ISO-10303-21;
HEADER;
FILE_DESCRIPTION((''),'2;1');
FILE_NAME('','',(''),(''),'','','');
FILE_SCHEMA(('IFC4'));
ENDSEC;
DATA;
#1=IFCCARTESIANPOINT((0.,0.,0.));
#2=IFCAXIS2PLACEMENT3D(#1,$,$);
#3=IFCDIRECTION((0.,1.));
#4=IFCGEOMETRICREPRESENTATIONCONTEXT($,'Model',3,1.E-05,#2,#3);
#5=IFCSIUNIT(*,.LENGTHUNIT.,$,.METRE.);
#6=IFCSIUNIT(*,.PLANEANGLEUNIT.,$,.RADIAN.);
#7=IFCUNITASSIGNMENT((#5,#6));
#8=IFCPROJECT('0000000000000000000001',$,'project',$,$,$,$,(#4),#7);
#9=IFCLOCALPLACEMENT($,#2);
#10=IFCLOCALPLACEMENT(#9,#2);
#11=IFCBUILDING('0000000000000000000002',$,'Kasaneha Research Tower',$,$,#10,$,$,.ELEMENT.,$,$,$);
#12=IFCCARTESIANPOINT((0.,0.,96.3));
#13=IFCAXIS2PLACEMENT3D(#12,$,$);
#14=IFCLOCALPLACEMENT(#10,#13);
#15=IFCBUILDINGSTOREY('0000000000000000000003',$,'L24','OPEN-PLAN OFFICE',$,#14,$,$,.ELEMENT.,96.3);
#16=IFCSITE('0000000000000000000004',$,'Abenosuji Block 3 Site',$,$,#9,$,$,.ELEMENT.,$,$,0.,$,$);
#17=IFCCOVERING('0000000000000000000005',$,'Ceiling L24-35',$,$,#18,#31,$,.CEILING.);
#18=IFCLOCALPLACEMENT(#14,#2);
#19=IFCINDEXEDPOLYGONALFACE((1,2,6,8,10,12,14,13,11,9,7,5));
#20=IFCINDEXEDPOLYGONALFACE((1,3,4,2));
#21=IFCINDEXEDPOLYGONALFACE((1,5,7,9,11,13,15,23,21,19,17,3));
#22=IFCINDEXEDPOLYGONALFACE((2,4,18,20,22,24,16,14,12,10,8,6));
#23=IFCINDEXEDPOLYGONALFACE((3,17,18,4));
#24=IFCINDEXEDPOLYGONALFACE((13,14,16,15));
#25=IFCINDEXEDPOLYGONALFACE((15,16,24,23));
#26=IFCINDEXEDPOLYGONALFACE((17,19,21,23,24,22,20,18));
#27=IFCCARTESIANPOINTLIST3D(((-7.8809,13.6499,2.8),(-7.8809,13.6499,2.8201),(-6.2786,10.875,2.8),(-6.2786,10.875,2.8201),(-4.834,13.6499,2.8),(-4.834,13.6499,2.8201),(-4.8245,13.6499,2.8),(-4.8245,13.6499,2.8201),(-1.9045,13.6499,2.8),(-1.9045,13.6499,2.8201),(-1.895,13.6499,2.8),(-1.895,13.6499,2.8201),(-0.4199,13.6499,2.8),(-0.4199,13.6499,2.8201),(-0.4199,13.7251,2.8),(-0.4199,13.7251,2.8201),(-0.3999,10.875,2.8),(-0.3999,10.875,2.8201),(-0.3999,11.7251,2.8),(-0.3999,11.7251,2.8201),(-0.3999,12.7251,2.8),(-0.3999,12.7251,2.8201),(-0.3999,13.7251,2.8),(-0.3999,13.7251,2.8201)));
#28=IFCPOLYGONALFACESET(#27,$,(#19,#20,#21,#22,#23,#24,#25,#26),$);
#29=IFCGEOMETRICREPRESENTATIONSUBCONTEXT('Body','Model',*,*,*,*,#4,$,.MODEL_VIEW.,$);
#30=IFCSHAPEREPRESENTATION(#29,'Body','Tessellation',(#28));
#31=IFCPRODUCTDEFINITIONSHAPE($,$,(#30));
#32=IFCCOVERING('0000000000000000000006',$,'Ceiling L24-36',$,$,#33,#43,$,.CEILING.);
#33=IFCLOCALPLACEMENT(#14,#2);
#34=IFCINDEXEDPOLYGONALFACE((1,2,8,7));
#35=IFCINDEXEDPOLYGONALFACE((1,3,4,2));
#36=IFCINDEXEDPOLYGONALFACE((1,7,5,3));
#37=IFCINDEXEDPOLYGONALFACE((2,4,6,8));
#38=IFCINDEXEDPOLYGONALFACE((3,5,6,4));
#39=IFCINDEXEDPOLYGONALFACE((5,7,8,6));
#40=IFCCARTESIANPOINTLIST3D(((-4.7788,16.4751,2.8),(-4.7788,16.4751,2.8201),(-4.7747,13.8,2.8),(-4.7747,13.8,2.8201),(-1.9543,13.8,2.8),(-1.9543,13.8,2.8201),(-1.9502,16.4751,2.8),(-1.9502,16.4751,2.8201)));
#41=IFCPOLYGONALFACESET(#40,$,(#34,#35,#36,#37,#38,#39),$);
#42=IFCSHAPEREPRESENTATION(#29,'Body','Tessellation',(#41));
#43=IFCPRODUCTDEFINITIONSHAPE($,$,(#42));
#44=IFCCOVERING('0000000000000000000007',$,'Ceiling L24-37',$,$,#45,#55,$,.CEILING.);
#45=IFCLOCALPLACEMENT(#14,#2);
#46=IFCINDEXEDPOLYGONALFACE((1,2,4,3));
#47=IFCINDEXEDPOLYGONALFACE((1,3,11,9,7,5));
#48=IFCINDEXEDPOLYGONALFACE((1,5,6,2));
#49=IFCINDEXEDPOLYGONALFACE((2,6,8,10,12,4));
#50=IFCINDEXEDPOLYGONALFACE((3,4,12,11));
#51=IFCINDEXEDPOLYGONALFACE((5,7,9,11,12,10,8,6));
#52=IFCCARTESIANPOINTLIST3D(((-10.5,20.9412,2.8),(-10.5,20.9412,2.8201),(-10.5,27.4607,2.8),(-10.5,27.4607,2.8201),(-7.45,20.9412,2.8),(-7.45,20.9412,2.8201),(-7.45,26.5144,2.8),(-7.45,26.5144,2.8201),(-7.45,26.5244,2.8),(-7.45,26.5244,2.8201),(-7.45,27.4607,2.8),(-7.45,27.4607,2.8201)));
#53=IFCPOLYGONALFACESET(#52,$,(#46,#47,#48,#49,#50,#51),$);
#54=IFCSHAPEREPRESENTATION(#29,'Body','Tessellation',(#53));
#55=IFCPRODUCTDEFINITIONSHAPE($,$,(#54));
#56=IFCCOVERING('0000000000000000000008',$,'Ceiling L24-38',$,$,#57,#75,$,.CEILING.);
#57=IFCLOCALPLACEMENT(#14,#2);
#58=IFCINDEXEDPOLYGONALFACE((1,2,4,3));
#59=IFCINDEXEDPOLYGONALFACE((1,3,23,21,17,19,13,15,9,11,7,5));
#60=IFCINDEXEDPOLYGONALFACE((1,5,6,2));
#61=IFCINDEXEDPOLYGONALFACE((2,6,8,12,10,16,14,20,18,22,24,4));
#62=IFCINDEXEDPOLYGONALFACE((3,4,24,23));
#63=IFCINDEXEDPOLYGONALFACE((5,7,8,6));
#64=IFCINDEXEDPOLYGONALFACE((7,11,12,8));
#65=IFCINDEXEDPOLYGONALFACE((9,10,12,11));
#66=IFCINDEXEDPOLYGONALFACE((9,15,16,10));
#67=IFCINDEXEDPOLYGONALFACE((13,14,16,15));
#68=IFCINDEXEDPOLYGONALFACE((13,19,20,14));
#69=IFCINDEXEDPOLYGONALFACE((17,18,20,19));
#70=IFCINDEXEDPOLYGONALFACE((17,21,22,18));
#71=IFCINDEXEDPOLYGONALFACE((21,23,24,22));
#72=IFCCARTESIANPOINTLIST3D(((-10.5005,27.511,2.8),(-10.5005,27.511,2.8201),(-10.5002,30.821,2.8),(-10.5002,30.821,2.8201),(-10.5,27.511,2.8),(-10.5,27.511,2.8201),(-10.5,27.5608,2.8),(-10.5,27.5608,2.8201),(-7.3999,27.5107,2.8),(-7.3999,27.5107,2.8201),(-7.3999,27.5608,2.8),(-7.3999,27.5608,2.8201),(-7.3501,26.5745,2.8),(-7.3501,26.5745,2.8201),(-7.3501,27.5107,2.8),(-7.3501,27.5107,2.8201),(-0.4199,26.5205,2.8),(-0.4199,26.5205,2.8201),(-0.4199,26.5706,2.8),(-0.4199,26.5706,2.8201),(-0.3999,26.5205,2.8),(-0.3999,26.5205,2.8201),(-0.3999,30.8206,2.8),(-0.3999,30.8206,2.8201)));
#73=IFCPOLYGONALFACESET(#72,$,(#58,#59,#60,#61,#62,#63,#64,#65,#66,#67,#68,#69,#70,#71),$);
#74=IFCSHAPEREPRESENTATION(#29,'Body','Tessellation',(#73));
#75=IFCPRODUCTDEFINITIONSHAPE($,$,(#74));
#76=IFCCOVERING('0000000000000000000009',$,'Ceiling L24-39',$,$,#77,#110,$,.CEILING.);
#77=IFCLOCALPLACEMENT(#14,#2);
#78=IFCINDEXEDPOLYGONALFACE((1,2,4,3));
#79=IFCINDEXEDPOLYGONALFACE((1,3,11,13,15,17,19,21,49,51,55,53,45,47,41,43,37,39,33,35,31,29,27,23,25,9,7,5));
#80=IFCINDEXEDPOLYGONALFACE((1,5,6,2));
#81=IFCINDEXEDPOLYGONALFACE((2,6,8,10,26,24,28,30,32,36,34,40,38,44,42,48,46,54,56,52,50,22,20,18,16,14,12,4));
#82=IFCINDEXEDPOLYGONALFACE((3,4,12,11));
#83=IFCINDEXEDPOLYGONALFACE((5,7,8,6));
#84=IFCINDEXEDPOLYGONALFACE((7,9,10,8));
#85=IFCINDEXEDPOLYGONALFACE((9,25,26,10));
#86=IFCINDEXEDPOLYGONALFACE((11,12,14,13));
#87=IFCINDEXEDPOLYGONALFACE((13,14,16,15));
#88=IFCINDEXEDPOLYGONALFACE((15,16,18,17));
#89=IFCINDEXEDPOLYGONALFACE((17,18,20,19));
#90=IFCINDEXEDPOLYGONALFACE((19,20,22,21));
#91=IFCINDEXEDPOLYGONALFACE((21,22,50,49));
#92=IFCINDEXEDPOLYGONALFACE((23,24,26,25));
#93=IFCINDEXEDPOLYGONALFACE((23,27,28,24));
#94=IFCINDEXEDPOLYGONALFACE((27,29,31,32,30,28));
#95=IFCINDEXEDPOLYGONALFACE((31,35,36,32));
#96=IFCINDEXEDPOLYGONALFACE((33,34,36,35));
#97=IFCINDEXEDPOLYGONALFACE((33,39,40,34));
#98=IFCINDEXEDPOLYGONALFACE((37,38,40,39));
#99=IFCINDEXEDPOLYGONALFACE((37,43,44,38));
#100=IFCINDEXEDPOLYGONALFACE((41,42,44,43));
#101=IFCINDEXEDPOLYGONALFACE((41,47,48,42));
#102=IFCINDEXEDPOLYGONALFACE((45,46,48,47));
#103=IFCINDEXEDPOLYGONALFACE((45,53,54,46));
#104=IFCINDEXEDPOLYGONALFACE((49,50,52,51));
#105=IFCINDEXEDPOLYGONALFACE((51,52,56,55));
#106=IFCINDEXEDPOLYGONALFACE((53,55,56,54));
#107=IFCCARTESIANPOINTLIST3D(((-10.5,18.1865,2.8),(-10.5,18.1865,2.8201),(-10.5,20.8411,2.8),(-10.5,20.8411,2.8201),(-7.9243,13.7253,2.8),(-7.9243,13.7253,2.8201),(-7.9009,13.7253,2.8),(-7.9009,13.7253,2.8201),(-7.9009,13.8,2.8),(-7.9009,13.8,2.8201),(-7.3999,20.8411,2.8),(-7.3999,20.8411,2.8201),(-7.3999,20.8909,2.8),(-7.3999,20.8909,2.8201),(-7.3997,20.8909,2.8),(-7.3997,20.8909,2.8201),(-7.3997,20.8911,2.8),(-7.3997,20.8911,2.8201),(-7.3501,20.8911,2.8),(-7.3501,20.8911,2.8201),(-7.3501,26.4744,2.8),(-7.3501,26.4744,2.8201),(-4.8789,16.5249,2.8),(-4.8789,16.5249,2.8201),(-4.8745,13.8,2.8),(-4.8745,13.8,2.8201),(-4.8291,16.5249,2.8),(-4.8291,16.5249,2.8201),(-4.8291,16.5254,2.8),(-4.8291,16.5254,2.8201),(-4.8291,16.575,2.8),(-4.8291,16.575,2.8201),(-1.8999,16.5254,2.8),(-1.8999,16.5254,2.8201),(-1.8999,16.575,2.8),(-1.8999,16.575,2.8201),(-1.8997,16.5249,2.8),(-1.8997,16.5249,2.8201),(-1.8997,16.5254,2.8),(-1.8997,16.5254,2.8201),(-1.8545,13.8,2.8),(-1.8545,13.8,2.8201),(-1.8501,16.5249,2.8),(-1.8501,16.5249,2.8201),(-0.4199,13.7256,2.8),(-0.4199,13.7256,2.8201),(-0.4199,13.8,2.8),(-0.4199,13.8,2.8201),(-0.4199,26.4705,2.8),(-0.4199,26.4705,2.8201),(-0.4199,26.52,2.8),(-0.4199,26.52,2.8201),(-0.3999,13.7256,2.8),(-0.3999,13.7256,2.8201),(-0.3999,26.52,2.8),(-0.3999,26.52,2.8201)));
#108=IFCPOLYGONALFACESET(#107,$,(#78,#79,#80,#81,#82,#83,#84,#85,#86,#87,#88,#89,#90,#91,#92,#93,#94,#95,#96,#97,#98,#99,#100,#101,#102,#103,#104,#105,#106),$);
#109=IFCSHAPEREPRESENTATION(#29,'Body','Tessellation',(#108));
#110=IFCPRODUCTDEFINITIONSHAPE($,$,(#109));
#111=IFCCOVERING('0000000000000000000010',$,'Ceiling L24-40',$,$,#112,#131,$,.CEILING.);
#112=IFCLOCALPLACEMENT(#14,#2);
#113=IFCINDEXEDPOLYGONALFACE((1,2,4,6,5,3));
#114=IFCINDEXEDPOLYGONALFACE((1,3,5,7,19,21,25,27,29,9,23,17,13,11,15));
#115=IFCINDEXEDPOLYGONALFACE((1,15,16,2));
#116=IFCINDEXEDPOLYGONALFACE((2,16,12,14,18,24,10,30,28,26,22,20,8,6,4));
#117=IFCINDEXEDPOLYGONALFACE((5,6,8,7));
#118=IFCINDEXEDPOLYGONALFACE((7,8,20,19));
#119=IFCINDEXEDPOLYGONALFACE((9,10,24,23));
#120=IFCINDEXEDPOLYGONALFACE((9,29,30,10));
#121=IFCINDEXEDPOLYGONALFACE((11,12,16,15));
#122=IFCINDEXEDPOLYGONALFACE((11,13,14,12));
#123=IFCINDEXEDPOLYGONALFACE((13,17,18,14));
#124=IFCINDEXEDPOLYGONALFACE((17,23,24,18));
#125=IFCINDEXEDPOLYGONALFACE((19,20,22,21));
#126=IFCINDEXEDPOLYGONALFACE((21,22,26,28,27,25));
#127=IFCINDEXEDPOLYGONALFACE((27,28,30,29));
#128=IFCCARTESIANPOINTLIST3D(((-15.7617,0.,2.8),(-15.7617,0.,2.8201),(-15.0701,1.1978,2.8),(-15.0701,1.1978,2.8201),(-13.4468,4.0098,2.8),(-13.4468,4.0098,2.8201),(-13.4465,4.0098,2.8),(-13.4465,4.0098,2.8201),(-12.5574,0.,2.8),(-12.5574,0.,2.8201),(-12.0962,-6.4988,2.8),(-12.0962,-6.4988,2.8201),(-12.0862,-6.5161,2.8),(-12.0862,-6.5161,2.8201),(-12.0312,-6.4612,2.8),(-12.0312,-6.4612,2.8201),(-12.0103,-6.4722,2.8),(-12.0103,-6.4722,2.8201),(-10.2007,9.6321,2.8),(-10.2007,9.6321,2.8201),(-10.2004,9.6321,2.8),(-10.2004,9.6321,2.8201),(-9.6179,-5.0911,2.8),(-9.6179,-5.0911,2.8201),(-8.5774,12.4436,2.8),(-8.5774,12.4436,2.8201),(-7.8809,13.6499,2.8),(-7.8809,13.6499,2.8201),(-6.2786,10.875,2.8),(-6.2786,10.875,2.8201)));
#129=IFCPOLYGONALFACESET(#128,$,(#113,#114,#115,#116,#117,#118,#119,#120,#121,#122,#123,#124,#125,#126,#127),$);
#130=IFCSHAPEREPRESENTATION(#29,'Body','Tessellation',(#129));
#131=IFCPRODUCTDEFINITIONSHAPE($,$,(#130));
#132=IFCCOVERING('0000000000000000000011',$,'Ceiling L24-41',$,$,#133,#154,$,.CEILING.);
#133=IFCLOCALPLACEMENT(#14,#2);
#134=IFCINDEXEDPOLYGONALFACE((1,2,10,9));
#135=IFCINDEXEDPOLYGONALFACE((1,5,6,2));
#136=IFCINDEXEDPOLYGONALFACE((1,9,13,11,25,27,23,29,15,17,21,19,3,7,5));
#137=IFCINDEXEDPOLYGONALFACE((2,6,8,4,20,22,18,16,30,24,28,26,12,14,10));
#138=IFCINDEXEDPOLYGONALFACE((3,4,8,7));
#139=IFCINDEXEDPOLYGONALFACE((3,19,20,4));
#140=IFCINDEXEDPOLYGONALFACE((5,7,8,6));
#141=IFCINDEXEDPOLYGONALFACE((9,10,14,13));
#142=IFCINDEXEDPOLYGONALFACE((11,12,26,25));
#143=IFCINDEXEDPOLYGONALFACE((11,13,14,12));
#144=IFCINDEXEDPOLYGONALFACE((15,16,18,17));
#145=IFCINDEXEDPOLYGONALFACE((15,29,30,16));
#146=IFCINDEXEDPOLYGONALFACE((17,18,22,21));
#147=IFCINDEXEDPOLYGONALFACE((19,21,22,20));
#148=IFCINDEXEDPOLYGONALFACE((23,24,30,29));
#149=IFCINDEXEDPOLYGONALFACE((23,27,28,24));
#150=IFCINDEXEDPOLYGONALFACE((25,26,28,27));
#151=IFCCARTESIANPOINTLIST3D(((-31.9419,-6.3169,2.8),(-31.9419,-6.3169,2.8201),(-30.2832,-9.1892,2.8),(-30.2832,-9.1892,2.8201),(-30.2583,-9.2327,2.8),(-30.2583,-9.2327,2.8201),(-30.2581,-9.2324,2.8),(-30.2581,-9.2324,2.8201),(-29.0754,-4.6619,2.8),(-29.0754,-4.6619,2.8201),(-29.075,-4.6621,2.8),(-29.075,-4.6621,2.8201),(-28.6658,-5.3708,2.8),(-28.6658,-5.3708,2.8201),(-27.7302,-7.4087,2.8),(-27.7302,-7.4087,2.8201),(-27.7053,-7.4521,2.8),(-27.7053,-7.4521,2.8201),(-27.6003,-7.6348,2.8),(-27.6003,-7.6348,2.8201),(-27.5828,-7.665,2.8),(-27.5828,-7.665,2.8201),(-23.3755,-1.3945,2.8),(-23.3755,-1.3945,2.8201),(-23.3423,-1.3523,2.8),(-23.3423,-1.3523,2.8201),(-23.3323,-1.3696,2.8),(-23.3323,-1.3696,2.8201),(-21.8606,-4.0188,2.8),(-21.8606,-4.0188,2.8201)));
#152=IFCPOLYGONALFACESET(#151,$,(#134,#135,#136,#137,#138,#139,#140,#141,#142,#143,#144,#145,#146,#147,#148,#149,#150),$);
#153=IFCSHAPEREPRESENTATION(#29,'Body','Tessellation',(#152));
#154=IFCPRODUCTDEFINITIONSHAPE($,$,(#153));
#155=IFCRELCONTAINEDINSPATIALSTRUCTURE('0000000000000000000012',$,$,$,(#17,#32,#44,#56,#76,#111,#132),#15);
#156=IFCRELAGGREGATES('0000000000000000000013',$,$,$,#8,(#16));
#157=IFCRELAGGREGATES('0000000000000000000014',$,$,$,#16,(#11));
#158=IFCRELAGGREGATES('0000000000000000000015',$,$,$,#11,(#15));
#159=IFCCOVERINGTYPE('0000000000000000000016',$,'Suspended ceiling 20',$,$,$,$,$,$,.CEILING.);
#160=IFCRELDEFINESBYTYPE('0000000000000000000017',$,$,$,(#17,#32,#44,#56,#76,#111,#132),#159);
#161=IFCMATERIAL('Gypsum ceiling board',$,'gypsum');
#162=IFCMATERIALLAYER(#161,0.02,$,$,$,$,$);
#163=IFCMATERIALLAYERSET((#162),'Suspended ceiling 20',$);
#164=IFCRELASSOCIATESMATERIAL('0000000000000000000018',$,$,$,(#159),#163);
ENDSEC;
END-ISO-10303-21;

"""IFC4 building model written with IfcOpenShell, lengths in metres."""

from ifc_helpers import new_model, si_unit, direction, frame, origin, place, context, subcontext, project, spatial, polyline, outline, extrude, material, layer, layer_set, type_object, element, save


model = new_model("IFC4")

# Units and contexts
model_context = context("Model", 3, precision=1e-05, world=origin(), true_north=direction((0.0, 1.0)))
body_context = subcontext(model_context, "Body", "Model", "MODEL_VIEW")
ifc_project = project(units=[si_unit("LENGTHUNIT", "METRE"), si_unit("PLANEANGLEUNIT", "RADIAN")], contexts=[model_context])

# Site, building, storey
site_placement = place(None, origin())
site = spatial("IfcSite", under=ifc_project, at=site_placement, Name="Abenosuji Block 3 Site", CompositionType="ELEMENT", RefElevation=0.0)
building_placement = place(site_placement, origin())
building = spatial("IfcBuilding", under=site, at=building_placement, Name="Kasaneha Research Tower", CompositionType="ELEMENT")
storey_placement = place(building_placement, frame((0.0, 0.0, 96.3)))
storey = spatial("IfcBuildingStorey", under=building, at=storey_placement, Name="L24", Description="OPEN-PLAN OFFICE", CompositionType="ELEMENT", Elevation=96.3)

# Coverings
ifc_material_1 = material(Name="Gypsum ceiling board", Category="gypsum")
ifc_layer_1 = layer(ifc_material_1, 0.02)
ifc_layer_set_1 = layer_set([ifc_layer_1], Name="Suspended ceiling 20")
covering_type = type_object("IfcCoveringType", Name="Suspended ceiling 20", PredefinedType="CEILING", material=ifc_layer_set_1)
covering_1_placement = place(storey_placement, frame((0.0, 0.0, 2.8)))
element("IfcCovering", 1, at=covering_1_placement, inside=storey, type_object=covering_type, Name="Ceiling L24-35", PredefinedType="CEILING", context=body_context, shape_type="SweptSolid", body=[
    extrude(outline(polyline([(-0.3999, 11.7251), (-0.3999, 10.875), (-6.2786, 10.875), (-7.8809, 13.6499), (-4.834, 13.6499), (-4.8245, 13.6499), (-1.9045, 13.6499), (-1.895, 13.6499), (-0.4199, 13.6499), (-0.4199, 13.7251), (-0.3999, 13.7251), (-0.3999, 12.7251), (-0.3999, 11.7251)])), origin(), (0.0, 0.0, 1.0), 0.02),
])
covering_2_placement = place(storey_placement, frame((0.0, 0.0, 2.8)))
element("IfcCovering", 2, at=covering_2_placement, inside=storey, type_object=covering_type, Name="Ceiling L24-36", PredefinedType="CEILING", context=body_context, shape_type="SweptSolid", body=[
    extrude(outline(polyline([(-4.7747, 13.8), (-4.7788, 16.4751), (-1.9502, 16.4751), (-1.9543, 13.8), (-4.7747, 13.8)])), origin(), (0.0, 0.0, 1.0), 0.02),
])
covering_3_placement = place(storey_placement, frame((0.0, 0.0, 2.8)))
element("IfcCovering", 3, at=covering_3_placement, inside=storey, type_object=covering_type, Name="Ceiling L24-37", PredefinedType="CEILING", context=body_context, shape_type="SweptSolid", body=[
    extrude(outline(polyline([(-10.5, 27.4607), (-7.45, 27.4607), (-7.45, 26.5244), (-7.45, 26.5144), (-7.45, 20.9412), (-10.5, 20.9412), (-10.5, 27.4607)])), origin(), (0.0, 0.0, 1.0), 0.02),
])
covering_4_placement = place(storey_placement, frame((0.0, 0.0, 2.8)))
element("IfcCovering", 4, at=covering_4_placement, inside=storey, type_object=covering_type, Name="Ceiling L24-38", PredefinedType="CEILING", context=body_context, shape_type="SweptSolid", body=[
    extrude(outline(polyline([(-0.4199, 26.5205), (-0.4199, 26.5706), (-7.3501, 26.5745), (-7.3501, 27.5107), (-7.3999, 27.5107), (-7.3999, 27.5608), (-10.5, 27.5608), (-10.5, 27.511), (-10.5005, 27.511), (-10.5002, 30.821), (-0.3999, 30.8206), (-0.3999, 26.5205), (-0.4199, 26.5205)])), origin(), (0.0, 0.0, 1.0), 0.02),
])
covering_5_placement = place(storey_placement, frame((0.0, 0.0, 2.8)))
element("IfcCovering", 5, at=covering_5_placement, inside=storey, type_object=covering_type, Name="Ceiling L24-39", PredefinedType="CEILING", context=body_context, shape_type="SweptSolid", body=[
    extrude(outline(polyline([(-1.8999, 16.5254), (-1.8999, 16.575), (-4.8291, 16.575), (-4.8291, 16.5254), (-4.8291, 16.5249), (-4.8789, 16.5249), (-4.8745, 13.8), (-7.9009, 13.8), (-7.9009, 13.7253), (-7.9243, 13.7253), (-10.5, 18.1865), (-10.5, 20.8411), (-7.3999, 20.8411), (-7.3999, 20.8909), (-7.3997, 20.8909), (-7.3997, 20.8911), (-7.3501, 20.8911), (-7.3501, 26.4744), (-0.4199, 26.4705), (-0.4199, 26.52), (-0.3999, 26.52), (-0.3999, 13.7256), (-0.4199, 13.7256), (-0.4199, 13.8), (-1.8545, 13.8), (-1.8501, 16.5249), (-1.8997, 16.5249), (-1.8997, 16.5254), (-1.8999, 16.5254)])), origin(), (0.0, 0.0, 1.0), 0.02),
])
covering_6_placement = place(storey_placement, frame((0.0, 0.0, 2.8)))
element("IfcCovering", 6, at=covering_6_placement, inside=storey, type_object=covering_type, Name="Ceiling L24-40", PredefinedType="CEILING", context=body_context, shape_type="SweptSolid", body=[
    extrude(outline(polyline([(-12.5574, 0.0), (-9.6179, -5.0911), (-12.0103, -6.4722), (-12.0862, -6.5161), (-12.0962, -6.4988), (-12.0312, -6.4612), (-15.7617, 0.0), (-15.0701, 1.1978), (-15.0701, 1.1978), (-13.4468, 4.0098), (-13.4465, 4.0098), (-10.2007, 9.6321), (-10.2004, 9.6321), (-8.5774, 12.4436), (-8.5774, 12.4436), (-7.8809, 13.6499), (-7.8809, 13.6499), (-6.2786, 10.875), (-12.5574, 0.0)])), origin(), (0.0, 0.0, 1.0), 0.02),
])
covering_7_placement = place(storey_placement, frame((0.0, 0.0, 2.8)))
element("IfcCovering", 7, at=covering_7_placement, inside=storey, type_object=covering_type, Name="Ceiling L24-41", PredefinedType="CEILING", context=body_context, shape_type="SweptSolid", body=[
    extrude(outline(polyline([(-23.3323, -1.3696), (-23.3755, -1.3945), (-21.8606, -4.0188), (-27.7302, -7.4087), (-27.7053, -7.4521), (-27.7053, -7.4521), (-27.5828, -7.665), (-27.6003, -7.6348), (-30.2832, -9.1892), (-30.2581, -9.2324), (-30.2583, -9.2327), (-31.9419, -6.3169), (-29.0754, -4.6619), (-28.6658, -5.3708), (-29.075, -4.6621), (-23.3423, -1.3523), (-23.3323, -1.3696)])), origin(), (0.0, 0.0, 1.0), 0.02),
])

save(model, "model.ifc")
